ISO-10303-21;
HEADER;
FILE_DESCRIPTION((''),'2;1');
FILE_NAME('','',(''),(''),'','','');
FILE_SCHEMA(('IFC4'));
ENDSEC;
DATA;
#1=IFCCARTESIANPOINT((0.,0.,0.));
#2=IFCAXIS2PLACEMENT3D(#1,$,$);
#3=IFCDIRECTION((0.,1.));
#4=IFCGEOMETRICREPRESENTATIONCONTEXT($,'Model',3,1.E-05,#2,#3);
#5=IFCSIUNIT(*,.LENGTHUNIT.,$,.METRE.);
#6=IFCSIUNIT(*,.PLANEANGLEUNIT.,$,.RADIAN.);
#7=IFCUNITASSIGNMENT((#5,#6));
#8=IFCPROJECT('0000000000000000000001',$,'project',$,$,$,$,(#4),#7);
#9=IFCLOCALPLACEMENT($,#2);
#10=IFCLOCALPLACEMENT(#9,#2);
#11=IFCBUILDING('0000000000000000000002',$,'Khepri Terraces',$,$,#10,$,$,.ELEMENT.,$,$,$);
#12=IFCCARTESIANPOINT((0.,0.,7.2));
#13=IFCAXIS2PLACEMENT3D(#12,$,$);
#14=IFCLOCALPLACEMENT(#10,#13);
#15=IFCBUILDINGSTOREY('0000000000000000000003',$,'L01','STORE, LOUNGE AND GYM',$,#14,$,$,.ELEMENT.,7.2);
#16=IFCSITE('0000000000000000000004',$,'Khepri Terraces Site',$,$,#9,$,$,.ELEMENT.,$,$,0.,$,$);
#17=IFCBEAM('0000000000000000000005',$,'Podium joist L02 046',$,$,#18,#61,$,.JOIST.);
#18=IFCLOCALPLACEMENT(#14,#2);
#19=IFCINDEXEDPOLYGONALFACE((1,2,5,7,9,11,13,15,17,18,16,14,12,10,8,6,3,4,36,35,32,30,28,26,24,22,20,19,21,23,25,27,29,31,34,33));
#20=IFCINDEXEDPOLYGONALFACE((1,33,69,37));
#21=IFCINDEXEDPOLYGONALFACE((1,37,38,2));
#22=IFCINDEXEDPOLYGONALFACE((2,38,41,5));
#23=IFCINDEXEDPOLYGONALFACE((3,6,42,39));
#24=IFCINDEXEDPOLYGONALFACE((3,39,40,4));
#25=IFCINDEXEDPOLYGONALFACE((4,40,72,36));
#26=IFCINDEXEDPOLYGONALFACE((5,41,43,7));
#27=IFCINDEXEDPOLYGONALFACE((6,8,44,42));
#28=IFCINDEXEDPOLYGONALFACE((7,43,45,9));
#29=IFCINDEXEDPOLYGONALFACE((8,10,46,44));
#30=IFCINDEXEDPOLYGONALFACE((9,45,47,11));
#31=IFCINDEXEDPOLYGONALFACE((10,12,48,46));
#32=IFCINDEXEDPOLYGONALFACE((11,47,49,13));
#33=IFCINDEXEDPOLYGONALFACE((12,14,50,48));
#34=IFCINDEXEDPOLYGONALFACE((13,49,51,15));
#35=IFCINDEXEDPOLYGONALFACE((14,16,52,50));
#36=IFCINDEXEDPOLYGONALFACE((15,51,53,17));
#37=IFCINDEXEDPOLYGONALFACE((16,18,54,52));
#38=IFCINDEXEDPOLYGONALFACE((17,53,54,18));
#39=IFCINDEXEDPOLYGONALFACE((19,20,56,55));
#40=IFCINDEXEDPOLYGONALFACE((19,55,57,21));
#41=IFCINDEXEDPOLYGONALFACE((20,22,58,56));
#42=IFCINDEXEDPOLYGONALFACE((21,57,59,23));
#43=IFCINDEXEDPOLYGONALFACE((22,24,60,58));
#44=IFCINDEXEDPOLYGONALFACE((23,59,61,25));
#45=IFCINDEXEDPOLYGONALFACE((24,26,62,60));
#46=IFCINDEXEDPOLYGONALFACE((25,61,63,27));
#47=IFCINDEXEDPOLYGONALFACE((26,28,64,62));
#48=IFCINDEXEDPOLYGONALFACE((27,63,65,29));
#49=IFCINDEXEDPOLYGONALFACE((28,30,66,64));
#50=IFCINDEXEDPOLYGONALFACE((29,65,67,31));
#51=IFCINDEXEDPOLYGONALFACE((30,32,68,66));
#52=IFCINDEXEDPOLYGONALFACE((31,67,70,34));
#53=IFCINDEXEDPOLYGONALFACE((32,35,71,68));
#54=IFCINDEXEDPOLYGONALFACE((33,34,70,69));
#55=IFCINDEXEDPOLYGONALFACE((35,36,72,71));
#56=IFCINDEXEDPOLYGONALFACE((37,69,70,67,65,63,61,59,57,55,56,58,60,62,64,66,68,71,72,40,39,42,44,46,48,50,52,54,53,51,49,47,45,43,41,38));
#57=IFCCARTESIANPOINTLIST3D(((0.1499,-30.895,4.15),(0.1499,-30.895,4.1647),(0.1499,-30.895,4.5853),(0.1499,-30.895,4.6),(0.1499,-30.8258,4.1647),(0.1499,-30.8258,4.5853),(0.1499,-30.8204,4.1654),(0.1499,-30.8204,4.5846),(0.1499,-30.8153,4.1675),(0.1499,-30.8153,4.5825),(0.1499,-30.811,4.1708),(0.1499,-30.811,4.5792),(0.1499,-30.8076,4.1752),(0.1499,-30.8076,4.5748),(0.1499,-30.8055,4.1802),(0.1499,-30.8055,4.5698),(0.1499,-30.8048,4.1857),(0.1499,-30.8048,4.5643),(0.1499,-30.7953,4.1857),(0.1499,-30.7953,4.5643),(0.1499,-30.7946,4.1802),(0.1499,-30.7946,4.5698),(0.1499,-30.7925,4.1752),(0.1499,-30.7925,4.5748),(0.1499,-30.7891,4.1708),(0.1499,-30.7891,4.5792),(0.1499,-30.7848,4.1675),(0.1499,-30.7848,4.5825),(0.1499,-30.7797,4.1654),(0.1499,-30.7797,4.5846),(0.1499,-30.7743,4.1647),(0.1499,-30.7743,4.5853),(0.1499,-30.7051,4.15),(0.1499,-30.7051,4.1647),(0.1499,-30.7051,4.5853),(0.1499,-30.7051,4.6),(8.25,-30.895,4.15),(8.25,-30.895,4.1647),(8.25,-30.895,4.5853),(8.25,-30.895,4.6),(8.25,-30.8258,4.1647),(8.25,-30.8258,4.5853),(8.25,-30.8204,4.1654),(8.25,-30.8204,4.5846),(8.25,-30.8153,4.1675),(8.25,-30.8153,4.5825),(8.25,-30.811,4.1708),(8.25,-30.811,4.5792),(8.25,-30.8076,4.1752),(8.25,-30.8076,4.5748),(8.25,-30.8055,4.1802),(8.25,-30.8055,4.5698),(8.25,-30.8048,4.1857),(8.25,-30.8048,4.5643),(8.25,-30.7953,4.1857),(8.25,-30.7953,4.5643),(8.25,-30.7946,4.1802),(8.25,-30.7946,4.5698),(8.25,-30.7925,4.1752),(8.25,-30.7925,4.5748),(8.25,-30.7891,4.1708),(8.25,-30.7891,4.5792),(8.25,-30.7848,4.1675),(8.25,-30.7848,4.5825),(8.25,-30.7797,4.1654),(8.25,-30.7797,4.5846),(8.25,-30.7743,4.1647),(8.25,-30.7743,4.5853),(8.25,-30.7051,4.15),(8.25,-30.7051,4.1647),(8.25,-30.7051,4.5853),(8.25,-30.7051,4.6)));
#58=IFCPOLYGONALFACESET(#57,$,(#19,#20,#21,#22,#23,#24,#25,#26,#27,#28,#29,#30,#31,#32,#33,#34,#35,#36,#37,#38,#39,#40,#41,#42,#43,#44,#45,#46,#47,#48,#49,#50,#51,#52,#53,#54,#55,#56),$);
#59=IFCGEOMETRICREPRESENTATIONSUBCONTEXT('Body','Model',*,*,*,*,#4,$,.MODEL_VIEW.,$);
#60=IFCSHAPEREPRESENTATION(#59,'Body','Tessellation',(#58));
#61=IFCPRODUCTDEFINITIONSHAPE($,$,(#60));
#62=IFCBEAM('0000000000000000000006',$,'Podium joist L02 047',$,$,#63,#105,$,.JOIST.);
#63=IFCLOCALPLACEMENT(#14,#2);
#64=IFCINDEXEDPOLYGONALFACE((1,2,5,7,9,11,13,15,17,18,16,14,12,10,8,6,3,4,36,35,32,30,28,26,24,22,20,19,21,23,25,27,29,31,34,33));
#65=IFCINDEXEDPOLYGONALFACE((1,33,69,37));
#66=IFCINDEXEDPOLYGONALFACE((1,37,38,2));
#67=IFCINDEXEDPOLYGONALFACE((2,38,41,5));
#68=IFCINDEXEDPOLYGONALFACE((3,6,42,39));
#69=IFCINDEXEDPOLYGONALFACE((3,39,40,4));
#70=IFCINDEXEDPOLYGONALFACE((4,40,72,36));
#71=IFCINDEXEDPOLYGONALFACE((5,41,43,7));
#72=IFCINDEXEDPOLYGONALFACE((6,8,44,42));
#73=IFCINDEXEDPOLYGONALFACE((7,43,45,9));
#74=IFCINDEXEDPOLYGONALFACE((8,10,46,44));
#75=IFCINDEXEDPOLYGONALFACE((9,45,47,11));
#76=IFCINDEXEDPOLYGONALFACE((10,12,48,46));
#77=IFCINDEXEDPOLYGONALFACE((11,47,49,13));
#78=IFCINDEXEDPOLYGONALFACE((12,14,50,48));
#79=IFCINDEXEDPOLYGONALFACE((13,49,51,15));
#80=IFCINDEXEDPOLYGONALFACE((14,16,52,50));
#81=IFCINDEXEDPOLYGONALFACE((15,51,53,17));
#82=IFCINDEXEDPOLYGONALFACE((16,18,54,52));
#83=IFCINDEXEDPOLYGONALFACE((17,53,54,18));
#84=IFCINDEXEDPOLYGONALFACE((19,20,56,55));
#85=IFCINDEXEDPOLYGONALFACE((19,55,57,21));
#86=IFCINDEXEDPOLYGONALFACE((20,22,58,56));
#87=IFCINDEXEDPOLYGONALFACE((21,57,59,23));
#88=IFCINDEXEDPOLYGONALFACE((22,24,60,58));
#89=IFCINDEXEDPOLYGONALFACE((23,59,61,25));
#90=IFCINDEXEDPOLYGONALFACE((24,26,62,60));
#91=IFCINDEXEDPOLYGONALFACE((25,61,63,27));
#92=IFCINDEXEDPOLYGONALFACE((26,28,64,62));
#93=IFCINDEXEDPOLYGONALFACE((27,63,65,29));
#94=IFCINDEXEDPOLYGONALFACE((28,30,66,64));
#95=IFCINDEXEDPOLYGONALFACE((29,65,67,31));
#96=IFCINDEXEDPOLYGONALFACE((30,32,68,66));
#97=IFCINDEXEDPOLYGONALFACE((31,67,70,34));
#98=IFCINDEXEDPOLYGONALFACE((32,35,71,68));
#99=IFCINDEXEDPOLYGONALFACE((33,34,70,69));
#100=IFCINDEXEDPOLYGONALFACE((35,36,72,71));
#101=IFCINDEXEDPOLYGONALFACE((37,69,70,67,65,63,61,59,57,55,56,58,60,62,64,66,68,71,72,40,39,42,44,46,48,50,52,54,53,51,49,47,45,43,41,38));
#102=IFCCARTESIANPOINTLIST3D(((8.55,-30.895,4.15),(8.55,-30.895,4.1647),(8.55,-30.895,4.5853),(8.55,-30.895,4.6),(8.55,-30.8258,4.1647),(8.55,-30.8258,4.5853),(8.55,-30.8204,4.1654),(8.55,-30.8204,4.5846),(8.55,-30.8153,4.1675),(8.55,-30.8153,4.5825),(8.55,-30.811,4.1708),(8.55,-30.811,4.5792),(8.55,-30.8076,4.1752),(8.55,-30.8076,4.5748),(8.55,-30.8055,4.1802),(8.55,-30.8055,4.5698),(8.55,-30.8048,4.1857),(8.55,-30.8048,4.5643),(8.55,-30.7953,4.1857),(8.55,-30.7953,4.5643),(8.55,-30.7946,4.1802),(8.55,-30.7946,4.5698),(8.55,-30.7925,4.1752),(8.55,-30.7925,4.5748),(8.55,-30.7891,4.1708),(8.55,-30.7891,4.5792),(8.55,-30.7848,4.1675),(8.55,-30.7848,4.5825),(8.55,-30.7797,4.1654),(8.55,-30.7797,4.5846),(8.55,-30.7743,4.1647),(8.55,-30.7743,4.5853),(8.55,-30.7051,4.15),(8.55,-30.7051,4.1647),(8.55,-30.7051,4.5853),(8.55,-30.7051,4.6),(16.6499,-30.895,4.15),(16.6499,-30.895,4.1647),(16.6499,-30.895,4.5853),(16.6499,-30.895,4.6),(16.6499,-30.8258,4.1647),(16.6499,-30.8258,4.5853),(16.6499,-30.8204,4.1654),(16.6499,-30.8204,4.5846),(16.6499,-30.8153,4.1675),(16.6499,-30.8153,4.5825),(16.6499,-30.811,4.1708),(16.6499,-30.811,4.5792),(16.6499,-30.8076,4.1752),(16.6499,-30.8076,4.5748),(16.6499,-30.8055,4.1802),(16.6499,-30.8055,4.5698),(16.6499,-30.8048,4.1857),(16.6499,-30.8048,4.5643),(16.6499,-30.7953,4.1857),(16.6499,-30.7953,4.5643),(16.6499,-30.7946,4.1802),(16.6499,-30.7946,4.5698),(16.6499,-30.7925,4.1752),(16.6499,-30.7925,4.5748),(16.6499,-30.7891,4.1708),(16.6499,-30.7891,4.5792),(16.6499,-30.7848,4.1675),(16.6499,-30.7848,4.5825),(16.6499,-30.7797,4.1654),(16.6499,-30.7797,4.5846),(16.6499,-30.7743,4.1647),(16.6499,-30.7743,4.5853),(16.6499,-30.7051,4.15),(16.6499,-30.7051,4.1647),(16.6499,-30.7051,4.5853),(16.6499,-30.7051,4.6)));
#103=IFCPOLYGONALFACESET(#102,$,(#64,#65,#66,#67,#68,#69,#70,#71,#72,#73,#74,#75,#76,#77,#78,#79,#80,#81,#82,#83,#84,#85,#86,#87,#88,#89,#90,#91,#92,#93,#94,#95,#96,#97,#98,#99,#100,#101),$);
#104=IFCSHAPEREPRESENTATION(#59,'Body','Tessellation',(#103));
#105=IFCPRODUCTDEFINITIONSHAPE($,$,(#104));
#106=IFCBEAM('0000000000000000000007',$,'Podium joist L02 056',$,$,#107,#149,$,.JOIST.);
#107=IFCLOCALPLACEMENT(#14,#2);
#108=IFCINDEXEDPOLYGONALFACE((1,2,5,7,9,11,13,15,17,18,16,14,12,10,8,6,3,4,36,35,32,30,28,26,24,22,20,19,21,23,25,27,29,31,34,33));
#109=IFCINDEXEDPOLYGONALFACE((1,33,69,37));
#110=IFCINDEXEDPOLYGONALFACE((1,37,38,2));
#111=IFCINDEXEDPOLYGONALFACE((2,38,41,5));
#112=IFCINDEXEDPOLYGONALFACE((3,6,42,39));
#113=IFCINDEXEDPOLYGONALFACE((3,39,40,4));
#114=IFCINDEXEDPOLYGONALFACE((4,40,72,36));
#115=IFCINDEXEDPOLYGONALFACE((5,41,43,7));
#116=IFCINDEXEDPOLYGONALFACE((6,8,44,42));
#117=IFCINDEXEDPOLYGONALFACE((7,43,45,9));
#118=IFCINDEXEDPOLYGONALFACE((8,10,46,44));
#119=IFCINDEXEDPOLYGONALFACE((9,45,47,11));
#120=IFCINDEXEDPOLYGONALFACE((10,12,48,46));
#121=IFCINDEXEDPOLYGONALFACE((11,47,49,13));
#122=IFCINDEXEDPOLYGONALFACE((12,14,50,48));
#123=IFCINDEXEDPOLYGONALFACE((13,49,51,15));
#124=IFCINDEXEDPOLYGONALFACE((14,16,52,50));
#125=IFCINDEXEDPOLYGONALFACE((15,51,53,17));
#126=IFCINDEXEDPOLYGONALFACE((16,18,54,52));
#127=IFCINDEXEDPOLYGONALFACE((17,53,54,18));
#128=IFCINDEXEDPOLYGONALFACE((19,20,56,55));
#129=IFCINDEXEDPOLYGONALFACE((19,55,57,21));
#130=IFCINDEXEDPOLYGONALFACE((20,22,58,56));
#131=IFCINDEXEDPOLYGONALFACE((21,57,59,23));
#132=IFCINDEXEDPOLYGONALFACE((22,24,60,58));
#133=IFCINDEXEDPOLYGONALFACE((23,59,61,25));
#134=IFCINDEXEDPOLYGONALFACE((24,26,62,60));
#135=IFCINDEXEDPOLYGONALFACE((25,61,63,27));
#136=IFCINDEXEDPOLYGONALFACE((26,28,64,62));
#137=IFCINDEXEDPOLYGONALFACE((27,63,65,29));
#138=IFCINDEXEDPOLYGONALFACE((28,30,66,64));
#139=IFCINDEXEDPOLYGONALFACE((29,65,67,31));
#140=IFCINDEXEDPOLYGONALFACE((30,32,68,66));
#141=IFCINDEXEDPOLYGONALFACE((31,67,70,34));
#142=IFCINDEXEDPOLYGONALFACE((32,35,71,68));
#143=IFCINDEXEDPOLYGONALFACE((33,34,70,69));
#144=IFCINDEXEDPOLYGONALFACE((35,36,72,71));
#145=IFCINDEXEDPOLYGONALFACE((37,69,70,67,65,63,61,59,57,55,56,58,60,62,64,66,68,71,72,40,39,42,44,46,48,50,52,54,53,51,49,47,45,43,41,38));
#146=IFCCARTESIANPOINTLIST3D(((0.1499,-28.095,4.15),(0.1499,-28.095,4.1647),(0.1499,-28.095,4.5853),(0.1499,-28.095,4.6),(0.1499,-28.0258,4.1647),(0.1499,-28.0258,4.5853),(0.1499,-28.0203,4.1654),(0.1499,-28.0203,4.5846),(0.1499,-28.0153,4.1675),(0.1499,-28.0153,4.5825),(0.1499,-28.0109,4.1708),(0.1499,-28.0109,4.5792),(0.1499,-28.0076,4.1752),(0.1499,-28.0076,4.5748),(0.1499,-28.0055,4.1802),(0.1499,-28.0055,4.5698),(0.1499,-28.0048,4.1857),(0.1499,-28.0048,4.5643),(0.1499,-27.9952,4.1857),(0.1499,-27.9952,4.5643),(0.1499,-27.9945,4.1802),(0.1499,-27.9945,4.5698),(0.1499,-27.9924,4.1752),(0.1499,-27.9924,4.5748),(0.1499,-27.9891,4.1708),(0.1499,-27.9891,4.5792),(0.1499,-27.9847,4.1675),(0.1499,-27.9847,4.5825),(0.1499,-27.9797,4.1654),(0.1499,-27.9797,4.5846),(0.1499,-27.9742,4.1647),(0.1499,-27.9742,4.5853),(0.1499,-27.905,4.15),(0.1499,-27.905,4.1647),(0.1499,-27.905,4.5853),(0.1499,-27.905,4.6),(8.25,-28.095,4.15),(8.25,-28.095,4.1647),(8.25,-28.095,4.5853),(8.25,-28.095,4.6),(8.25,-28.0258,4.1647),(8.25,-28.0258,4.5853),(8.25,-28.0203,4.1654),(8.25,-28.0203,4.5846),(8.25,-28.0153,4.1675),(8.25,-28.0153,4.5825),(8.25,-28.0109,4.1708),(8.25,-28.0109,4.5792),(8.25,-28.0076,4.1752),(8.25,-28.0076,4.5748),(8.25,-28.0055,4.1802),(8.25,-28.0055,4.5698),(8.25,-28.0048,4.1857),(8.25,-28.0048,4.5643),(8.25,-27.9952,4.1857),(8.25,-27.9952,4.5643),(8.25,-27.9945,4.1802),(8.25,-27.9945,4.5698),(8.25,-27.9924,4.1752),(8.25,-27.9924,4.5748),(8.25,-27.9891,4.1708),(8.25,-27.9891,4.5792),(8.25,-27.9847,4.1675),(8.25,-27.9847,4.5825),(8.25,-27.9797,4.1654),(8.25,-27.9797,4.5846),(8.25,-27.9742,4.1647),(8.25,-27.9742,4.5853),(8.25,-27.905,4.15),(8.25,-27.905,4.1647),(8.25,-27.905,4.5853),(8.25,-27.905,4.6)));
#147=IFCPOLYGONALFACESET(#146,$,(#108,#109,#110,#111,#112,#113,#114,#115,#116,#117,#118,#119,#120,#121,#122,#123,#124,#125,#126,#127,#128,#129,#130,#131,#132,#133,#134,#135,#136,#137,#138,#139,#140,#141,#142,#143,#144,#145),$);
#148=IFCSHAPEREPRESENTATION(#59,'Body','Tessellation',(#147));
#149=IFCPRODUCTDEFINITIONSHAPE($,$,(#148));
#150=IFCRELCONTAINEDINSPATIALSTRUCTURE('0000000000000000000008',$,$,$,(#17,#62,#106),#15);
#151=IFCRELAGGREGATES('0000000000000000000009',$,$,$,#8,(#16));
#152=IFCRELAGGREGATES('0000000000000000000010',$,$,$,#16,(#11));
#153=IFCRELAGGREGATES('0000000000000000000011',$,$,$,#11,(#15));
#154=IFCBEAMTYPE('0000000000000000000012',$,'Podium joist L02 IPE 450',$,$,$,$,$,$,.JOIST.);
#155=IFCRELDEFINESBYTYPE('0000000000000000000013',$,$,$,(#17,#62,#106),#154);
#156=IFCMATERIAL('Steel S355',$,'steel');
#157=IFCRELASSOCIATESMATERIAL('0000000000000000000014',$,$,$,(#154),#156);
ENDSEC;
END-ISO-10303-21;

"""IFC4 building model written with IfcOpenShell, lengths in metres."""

from ifc_helpers import new_model, si_unit, direction, frame, origin, origin_2d, place, context, subcontext, project, spatial, i_section, extrude, material, material_profile, profile_set, type_object, element, save


model = new_model("IFC4")

# Units and contexts
model_context = context("Model", 3, precision=1e-05, world=origin(), true_north=direction((0.0, 1.0)))
body_context = subcontext(model_context, "Body", "Model", "MODEL_VIEW")
ifc_project = project(units=[si_unit("LENGTHUNIT", "METRE"), si_unit("PLANEANGLEUNIT", "RADIAN")], contexts=[model_context])

# Site, building, storey
site_placement = place(None, origin())
site = spatial("IfcSite", under=ifc_project, at=site_placement, Name="Khepri Terraces Site", CompositionType="ELEMENT", RefElevation=0.0)
building_placement = place(site_placement, origin())
building = spatial("IfcBuilding", under=site, at=building_placement, Name="Khepri Terraces", CompositionType="ELEMENT")
storey_placement = place(building_placement, frame((0.0, 0.0, 7.2)))
storey = spatial("IfcBuildingStorey", under=building, at=storey_placement, Name="L01", Description="STORE, LOUNGE AND GYM", CompositionType="ELEMENT", Elevation=7.2)

# Beams
ifc_material_1 = material(Name="Steel S355", Category="steel")
ifc_material_profile_1 = material_profile(ifc_material_1, i_section(OverallWidth=0.1899, OverallDepth=0.45, WebThickness=0.0095, FlangeThickness=0.0146, FilletRadius=0.021, at=origin_2d()), Name="Steel S355", Category="steel")
ifc_profile_set_1 = profile_set([ifc_material_profile_1], Name="Steel S355")
beam_type_1 = type_object("IfcBeamType", Name="Podium joist L02 IPE 450", PredefinedType="JOIST", material=ifc_profile_set_1)
beam_1_placement = place(storey_placement, frame((0.1499, -30.8, 4.375), z_axis=(1.0, 0.0, 0.0), x_axis=(0.0, 1.0, 0.0)))
element("IfcBeam", 1, at=beam_1_placement, inside=storey, type_object=beam_type_1, Name="Podium joist L02 046", PredefinedType="JOIST", context=body_context, shape_type="SweptSolid", body=[
    extrude(i_section(OverallWidth=0.1899, OverallDepth=0.45, WebThickness=0.0095, FlangeThickness=0.0146, FilletRadius=0.021, at=origin_2d()), origin(), (0.0, 0.0, 1.0), 8.1001),
])
beam_2_placement = place(storey_placement, frame((8.55, -30.8, 4.375), z_axis=(1.0, 0.0, 0.0), x_axis=(0.0, 1.0, 0.0)))
element("IfcBeam", 2, at=beam_2_placement, inside=storey, type_object=beam_type_1, Name="Podium joist L02 047", PredefinedType="JOIST", context=body_context, shape_type="SweptSolid", body=[
    extrude(i_section(OverallWidth=0.1899, OverallDepth=0.45, WebThickness=0.0095, FlangeThickness=0.0146, FilletRadius=0.021, at=origin_2d()), origin(), (0.0, 0.0, 1.0), 8.0999),
])
beam_3_placement = place(storey_placement, frame((0.1499, -28.0, 4.375), z_axis=(1.0, 0.0, 0.0), x_axis=(0.0, 1.0, 0.0)))
element("IfcBeam", 3, at=beam_3_placement, inside=storey, type_object=beam_type_1, Name="Podium joist L02 056", PredefinedType="JOIST", context=body_context, shape_type="SweptSolid", body=[
    extrude(i_section(OverallWidth=0.1899, OverallDepth=0.45, WebThickness=0.0095, FlangeThickness=0.0146, FilletRadius=0.021, at=origin_2d()), origin(), (0.0, 0.0, 1.0), 8.1001),
])

save(model, "model.ifc")
